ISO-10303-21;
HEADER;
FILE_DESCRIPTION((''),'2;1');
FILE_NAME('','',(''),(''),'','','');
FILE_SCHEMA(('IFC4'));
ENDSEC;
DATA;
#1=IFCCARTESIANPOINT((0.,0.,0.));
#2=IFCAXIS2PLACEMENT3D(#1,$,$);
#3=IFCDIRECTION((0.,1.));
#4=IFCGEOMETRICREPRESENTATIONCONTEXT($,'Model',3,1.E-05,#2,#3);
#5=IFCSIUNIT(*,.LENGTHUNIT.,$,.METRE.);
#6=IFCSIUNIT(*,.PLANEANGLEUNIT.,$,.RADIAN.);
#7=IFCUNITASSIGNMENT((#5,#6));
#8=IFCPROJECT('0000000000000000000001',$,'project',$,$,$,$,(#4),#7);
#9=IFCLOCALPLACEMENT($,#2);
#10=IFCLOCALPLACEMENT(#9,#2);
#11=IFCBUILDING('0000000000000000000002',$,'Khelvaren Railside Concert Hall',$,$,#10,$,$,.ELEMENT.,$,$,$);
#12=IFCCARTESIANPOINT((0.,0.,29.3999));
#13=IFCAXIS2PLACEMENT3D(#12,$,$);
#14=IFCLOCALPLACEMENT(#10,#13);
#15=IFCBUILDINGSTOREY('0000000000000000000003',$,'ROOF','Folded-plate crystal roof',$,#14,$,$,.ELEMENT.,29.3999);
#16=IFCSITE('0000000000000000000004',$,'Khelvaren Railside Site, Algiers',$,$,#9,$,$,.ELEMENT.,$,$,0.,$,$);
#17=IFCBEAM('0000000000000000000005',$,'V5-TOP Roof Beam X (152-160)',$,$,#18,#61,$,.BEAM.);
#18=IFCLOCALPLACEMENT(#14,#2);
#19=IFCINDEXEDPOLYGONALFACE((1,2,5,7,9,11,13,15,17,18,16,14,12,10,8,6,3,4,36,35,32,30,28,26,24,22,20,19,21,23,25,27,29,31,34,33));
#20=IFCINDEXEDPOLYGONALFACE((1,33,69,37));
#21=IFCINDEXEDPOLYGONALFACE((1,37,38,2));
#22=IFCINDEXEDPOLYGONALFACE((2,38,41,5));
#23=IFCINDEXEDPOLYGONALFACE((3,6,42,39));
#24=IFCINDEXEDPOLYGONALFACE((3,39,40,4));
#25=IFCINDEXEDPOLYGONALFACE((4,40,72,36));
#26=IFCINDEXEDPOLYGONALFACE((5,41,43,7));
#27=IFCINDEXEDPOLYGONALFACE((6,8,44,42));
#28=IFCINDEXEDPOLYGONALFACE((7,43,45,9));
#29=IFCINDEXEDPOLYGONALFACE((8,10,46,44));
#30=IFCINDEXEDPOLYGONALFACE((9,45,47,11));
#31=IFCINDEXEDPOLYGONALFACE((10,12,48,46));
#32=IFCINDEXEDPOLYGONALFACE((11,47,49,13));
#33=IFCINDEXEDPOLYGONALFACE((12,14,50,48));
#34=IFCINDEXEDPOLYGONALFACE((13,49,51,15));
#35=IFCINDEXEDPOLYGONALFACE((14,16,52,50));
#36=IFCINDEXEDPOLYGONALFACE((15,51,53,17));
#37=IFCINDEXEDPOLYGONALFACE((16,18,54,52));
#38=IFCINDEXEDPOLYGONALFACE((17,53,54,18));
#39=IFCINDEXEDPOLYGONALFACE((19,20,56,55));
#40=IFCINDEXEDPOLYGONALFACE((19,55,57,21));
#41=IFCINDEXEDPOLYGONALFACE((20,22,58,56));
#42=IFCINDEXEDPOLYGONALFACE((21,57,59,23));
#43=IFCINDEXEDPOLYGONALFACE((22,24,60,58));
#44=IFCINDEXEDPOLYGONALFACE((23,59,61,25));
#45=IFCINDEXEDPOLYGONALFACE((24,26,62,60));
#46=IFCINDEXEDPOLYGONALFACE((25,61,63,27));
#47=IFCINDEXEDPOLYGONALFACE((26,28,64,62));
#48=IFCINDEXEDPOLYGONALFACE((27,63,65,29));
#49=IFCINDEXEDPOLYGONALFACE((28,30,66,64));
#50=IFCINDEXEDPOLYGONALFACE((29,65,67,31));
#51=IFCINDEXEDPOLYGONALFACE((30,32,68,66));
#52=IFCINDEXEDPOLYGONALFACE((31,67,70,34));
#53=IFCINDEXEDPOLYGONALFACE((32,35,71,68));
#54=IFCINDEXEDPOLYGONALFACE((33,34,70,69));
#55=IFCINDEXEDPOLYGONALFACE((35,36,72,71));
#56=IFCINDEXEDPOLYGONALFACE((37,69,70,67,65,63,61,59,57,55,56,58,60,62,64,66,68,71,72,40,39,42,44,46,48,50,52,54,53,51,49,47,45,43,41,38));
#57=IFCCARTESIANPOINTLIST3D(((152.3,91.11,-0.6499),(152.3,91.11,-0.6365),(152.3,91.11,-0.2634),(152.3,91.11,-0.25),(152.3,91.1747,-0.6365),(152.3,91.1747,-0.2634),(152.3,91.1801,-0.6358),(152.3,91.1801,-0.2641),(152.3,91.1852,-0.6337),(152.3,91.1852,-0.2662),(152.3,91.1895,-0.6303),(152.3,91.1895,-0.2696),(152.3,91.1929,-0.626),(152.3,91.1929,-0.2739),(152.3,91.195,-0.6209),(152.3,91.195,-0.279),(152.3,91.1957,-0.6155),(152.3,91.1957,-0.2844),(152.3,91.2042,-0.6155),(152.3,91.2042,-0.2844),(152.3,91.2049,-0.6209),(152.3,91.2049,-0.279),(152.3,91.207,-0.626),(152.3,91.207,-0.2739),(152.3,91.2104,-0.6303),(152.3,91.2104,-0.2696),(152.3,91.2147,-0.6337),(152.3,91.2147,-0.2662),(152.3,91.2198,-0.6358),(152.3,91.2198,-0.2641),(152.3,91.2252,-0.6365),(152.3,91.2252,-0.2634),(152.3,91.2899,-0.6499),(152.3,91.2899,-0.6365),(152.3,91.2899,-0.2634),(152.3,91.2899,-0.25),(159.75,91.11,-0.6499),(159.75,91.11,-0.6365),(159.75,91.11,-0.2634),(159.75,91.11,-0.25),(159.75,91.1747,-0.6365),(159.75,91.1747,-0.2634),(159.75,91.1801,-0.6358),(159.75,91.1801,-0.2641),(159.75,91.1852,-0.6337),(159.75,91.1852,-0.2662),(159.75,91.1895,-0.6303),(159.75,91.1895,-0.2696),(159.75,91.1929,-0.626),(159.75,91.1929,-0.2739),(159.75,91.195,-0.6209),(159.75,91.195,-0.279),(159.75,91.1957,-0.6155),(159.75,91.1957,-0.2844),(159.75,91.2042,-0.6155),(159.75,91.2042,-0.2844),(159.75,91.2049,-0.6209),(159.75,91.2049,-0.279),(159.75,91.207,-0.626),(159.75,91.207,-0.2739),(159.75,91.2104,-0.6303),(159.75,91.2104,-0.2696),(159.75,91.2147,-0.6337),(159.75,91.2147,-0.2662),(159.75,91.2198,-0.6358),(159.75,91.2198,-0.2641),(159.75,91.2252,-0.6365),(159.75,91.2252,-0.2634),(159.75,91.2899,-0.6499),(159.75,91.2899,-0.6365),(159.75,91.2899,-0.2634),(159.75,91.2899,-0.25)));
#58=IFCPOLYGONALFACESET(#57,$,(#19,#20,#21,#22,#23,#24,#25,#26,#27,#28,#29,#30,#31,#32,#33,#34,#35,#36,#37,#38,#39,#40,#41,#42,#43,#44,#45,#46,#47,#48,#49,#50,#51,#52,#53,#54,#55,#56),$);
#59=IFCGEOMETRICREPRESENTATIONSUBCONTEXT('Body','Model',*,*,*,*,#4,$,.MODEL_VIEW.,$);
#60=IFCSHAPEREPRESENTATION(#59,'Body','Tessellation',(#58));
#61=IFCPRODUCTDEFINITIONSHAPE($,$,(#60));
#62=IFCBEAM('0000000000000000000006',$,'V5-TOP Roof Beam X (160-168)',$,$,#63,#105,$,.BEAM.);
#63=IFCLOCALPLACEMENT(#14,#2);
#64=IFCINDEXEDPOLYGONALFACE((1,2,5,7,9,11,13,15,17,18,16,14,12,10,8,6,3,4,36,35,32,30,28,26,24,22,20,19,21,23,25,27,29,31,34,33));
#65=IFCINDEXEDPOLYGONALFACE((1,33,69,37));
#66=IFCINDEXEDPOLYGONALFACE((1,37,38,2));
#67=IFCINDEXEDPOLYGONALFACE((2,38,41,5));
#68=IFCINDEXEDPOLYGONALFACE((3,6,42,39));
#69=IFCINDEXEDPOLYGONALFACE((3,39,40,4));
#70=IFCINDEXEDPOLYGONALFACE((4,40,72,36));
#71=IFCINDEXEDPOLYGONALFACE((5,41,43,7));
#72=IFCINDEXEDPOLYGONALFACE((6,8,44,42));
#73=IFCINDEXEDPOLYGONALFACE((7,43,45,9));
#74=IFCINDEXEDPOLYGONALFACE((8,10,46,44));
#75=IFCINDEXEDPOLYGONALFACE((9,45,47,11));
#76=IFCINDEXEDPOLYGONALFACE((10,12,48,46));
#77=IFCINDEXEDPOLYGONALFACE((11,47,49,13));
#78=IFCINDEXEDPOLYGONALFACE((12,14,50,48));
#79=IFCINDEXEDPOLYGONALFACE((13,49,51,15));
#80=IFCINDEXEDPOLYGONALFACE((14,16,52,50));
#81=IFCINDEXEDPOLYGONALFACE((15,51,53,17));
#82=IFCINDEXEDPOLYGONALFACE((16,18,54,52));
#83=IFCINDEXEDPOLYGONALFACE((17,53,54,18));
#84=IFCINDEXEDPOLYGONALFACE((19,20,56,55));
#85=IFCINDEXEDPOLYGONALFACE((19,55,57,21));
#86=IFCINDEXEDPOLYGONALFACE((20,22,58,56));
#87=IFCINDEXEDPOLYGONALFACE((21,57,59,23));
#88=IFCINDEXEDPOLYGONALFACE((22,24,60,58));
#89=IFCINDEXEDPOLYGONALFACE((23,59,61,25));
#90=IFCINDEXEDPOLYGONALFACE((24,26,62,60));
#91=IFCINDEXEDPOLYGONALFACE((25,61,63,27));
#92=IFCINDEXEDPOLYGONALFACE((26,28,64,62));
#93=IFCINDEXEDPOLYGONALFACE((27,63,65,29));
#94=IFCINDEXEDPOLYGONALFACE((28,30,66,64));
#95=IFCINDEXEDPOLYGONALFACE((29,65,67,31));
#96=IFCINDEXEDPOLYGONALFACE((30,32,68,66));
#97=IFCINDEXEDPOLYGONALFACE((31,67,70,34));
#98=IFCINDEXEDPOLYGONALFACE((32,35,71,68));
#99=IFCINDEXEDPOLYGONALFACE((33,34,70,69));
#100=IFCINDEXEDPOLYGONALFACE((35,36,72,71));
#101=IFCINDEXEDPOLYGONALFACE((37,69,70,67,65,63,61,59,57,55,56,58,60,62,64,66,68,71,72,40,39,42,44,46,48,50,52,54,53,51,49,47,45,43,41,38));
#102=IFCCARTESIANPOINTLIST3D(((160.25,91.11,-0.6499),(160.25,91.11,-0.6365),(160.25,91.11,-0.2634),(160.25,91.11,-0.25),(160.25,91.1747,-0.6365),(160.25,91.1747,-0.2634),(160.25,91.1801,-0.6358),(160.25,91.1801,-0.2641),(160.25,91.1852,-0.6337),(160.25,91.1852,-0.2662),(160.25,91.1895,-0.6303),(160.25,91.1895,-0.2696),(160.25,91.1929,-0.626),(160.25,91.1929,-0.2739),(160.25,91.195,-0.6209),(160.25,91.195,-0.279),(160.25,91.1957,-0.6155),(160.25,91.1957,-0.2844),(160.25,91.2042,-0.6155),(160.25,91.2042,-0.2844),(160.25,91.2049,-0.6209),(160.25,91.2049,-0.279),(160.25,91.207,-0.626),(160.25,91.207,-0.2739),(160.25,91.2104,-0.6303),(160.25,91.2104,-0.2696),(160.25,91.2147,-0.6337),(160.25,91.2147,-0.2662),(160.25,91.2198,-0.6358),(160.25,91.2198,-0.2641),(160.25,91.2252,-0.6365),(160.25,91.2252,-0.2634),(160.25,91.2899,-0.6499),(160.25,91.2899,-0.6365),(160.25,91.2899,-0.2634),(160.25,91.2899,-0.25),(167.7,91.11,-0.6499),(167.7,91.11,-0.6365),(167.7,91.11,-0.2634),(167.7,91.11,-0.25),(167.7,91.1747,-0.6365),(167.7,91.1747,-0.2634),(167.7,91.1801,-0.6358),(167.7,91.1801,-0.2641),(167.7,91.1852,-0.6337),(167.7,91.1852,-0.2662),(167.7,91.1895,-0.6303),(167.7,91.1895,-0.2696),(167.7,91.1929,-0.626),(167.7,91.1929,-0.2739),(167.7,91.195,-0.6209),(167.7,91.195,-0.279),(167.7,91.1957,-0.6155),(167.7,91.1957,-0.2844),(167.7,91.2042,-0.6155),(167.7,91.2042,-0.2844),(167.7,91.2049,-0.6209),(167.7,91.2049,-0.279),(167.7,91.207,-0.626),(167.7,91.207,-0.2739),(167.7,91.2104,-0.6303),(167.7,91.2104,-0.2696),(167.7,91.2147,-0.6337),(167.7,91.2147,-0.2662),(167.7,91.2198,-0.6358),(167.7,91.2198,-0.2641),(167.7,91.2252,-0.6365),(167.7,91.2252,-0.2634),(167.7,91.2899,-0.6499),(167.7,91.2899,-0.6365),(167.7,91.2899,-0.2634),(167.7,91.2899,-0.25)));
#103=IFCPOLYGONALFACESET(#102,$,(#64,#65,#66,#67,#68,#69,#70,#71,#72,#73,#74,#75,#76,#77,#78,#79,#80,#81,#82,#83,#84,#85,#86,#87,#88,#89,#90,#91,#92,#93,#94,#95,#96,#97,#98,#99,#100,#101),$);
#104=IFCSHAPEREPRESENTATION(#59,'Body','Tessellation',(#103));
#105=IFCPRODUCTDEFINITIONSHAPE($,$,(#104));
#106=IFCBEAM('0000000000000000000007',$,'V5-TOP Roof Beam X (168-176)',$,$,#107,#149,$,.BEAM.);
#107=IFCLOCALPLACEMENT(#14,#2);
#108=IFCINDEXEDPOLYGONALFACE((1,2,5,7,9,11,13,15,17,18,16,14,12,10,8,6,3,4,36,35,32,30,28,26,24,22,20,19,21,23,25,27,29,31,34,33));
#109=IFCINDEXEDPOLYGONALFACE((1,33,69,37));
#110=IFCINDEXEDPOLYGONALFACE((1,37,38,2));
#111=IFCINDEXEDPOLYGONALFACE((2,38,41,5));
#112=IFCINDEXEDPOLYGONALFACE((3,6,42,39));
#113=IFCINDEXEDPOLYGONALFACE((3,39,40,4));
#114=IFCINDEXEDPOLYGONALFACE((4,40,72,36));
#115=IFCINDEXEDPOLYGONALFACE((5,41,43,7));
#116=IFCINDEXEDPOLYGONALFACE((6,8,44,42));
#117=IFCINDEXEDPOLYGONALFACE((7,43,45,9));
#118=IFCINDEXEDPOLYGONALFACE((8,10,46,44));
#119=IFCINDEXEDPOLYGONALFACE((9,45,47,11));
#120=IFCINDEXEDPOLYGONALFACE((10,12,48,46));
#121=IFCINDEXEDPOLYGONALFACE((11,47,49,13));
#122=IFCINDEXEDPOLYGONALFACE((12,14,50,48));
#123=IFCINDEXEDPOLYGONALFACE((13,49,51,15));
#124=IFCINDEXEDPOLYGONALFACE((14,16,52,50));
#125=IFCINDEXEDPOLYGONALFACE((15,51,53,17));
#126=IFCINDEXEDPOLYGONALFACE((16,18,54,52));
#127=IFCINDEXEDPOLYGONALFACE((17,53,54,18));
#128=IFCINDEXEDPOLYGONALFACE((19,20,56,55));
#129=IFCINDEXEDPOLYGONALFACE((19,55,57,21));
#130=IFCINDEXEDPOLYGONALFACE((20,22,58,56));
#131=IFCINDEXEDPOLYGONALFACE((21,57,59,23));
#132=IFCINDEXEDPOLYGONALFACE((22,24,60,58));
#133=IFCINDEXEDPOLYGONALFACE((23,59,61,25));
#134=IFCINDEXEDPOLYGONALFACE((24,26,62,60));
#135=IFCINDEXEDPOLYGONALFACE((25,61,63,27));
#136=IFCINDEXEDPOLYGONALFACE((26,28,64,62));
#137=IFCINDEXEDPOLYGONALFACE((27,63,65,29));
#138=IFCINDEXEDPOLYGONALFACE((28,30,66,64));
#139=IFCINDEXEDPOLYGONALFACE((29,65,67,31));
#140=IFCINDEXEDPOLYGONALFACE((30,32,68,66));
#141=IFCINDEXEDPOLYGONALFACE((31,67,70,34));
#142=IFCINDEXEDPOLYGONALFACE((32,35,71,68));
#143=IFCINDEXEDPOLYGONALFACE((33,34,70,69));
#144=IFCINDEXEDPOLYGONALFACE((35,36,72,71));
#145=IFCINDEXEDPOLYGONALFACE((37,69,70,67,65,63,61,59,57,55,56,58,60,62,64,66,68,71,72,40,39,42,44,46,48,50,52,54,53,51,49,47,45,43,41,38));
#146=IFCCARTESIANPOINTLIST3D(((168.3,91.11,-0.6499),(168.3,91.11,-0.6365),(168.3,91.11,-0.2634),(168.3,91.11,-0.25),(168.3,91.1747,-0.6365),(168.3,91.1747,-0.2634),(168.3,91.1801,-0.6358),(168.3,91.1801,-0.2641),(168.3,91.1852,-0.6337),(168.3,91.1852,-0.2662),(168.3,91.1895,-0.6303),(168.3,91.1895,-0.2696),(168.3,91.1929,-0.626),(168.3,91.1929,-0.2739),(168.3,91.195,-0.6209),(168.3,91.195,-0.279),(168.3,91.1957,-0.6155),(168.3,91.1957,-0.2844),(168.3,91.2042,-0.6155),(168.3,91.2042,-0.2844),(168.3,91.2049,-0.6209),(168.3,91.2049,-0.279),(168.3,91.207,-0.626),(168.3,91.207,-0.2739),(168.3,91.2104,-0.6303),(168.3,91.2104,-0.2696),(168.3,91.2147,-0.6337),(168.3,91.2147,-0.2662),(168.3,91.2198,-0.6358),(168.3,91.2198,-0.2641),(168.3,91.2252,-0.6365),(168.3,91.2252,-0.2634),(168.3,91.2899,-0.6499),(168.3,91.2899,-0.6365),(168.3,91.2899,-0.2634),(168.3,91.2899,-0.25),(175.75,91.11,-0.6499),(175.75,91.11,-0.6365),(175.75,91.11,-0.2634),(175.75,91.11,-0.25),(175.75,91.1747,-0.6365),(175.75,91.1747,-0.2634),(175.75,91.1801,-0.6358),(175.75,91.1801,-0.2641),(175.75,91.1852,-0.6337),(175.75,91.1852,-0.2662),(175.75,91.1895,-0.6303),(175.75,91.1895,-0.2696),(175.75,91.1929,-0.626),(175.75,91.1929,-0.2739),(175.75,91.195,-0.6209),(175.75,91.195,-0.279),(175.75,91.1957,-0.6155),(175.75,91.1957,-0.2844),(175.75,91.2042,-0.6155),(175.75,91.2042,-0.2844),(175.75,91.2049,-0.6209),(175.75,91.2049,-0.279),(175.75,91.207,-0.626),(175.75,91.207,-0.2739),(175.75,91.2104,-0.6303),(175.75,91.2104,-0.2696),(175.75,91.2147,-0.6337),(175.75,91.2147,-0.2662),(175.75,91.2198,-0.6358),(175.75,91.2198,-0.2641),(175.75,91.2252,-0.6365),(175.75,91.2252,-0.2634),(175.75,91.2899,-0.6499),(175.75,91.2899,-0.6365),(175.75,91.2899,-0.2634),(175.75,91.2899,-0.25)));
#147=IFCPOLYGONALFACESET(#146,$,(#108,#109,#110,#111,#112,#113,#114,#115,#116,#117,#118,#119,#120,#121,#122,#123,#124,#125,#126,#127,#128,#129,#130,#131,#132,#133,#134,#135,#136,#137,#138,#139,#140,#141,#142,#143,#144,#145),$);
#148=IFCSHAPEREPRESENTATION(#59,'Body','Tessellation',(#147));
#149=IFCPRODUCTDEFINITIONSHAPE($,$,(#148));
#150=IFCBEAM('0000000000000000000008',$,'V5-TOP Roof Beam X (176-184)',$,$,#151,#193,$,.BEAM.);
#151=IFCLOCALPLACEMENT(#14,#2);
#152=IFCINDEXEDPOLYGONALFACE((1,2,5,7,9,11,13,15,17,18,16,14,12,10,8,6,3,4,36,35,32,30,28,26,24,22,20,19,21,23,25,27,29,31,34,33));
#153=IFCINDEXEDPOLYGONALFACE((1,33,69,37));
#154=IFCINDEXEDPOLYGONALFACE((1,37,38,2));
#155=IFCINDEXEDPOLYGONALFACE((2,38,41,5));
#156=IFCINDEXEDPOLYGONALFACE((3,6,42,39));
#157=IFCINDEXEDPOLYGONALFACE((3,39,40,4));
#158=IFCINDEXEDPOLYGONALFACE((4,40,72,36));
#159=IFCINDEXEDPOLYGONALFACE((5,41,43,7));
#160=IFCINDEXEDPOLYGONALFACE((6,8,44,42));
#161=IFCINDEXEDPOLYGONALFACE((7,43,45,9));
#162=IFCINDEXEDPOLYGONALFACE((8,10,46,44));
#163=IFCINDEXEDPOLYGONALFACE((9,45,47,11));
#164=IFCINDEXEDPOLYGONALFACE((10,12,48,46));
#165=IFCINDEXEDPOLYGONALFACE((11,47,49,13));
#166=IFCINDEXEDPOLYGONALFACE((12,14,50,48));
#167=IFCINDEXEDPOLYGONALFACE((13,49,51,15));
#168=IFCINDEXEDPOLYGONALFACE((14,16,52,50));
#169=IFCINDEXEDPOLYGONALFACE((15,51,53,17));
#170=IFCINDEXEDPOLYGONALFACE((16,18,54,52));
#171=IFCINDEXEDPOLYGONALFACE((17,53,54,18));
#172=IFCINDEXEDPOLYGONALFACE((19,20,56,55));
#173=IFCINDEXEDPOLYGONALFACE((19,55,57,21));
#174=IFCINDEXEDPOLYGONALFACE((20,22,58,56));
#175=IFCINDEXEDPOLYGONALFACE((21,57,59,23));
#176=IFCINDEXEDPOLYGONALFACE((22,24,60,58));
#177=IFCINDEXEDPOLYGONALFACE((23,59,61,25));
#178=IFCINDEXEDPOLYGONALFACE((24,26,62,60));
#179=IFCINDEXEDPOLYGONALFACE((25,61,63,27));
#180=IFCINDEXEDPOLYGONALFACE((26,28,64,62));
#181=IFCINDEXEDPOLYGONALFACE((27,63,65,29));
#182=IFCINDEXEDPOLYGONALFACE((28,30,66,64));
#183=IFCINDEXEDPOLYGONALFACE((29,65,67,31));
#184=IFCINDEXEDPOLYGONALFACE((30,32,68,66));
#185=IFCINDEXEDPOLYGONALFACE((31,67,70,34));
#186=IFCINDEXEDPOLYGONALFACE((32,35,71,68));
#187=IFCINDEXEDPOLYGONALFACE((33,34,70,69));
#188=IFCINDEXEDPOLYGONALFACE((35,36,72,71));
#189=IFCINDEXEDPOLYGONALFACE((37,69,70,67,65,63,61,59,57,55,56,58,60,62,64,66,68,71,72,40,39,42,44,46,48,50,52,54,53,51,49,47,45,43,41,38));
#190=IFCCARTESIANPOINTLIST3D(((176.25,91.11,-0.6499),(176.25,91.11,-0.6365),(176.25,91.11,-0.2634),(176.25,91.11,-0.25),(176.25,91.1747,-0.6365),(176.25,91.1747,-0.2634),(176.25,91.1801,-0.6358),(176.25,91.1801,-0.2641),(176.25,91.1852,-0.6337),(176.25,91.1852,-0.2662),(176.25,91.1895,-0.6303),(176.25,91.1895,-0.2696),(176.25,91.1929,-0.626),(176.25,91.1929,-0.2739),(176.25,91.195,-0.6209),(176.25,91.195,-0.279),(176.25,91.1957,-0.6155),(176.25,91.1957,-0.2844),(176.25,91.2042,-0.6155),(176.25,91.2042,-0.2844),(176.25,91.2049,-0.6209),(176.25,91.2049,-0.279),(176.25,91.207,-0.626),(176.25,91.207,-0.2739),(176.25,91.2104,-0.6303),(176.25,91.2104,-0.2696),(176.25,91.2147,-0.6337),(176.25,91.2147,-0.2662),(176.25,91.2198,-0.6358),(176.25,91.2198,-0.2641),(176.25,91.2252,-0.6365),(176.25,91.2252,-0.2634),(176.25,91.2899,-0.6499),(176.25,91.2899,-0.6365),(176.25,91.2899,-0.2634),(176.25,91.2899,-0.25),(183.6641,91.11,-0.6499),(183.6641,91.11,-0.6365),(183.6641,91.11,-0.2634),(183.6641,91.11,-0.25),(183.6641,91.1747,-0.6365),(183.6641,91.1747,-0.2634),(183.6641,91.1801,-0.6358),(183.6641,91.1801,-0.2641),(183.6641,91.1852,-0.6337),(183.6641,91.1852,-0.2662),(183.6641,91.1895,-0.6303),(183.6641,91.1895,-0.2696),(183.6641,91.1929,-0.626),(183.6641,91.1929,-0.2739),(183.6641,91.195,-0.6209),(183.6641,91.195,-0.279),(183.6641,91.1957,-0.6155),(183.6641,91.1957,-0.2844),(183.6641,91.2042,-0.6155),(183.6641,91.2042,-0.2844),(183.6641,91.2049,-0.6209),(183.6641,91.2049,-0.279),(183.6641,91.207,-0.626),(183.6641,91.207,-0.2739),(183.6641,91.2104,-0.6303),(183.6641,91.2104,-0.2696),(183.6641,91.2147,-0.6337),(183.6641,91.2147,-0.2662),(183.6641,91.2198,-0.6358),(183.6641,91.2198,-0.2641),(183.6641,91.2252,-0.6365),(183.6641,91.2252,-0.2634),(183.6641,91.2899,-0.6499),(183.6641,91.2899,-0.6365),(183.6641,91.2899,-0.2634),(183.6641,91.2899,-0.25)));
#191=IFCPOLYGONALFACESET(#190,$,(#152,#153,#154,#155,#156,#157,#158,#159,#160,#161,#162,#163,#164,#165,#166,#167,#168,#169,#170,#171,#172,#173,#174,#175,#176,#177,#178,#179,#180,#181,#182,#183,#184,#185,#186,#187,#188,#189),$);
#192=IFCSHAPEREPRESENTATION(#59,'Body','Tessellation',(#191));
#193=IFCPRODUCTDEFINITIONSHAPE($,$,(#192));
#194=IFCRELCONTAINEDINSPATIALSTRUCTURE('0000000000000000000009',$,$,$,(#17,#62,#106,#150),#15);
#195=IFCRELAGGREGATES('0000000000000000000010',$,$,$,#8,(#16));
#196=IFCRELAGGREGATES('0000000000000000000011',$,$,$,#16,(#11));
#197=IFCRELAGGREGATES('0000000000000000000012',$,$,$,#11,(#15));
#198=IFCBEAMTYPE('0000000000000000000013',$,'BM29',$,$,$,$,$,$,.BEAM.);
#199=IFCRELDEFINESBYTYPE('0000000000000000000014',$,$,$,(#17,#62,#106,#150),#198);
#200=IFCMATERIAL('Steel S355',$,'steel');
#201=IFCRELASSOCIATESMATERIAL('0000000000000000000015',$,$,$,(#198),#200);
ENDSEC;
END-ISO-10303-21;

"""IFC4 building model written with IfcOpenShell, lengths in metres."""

from ifc_helpers import new_model, si_unit, direction, frame, origin, origin_2d, place, context, subcontext, project, spatial, i_section, extrude, material, material_profile, profile_set, type_object, element, save


model = new_model("IFC4")

# Units and contexts
model_context = context("Model", 3, precision=1e-05, world=origin(), true_north=direction((0.0, 1.0)))
body_context = subcontext(model_context, "Body", "Model", "MODEL_VIEW")
ifc_project = project(units=[si_unit("LENGTHUNIT", "METRE"), si_unit("PLANEANGLEUNIT", "RADIAN")], contexts=[model_context])

# Site, building, storey
site_placement = place(None, origin())
site = spatial("IfcSite", under=ifc_project, at=site_placement, Name="Khelvaren Railside Site, Algiers", CompositionType="ELEMENT", RefElevation=0.0)
building_placement = place(site_placement, origin())
building = spatial("IfcBuilding", under=site, at=building_placement, Name="Khelvaren Railside Concert Hall", CompositionType="ELEMENT")
storey_placement = place(building_placement, frame((0.0, 0.0, 29.3999)))
storey = spatial("IfcBuildingStorey", under=building, at=storey_placement, Name="ROOF", Description="Folded-plate crystal roof", CompositionType="ELEMENT", Elevation=29.3999)

# Beams
ifc_material_1 = material(Name="Steel S355", Category="steel")
ifc_material_profile = material_profile(ifc_material_1, i_section(OverallWidth=0.1799, OverallDepth=0.3999, WebThickness=0.0085, FlangeThickness=0.0134, FilletRadius=0.021, at=origin_2d()), Name="IPE 400")
ifc_profile_set = profile_set([ifc_material_profile], Name="Steel S355")
beam_type = type_object("IfcBeamType", Name="BM29", PredefinedType="BEAM", material=ifc_profile_set)
for number, where, z_axis, x_axis, name in (
    (1, (152.3, 91.2, -0.45), (1.0, 0.0, 0.0), (0.0, 1.0, 0.0), "V5-TOP Roof Beam X (152-160)"),
    (2, (160.25, 91.2, -0.45), (1.0, 0.0, 0.0), (0.0, 1.0, 0.0), "V5-TOP Roof Beam X (160-168)"),
    (3, (168.3, 91.2, -0.45), (1.0, 0.0, 0.0), (0.0, 1.0, 0.0), "V5-TOP Roof Beam X (168-176)"),
):
    element("IfcBeam", number, at=place(storey_placement, frame(where, z_axis=z_axis, x_axis=x_axis)), inside=storey, type_object=beam_type, Name=name, PredefinedType="BEAM", context=body_context, shape_type="SweptSolid", body=[
        extrude(i_section(OverallWidth=0.1799, OverallDepth=0.3999, WebThickness=0.0085, FlangeThickness=0.0134, FilletRadius=0.021, at=origin_2d()), origin(), (0.0, 0.0, 1.0), 7.45),
    ])
beam_1_placement = place(storey_placement, frame((176.25, 91.2, -0.45), z_axis=(1.0, 0.0, 0.0), x_axis=(0.0, 1.0, 0.0)))
element("IfcBeam", 4, at=beam_1_placement, inside=storey, type_object=beam_type, Name="V5-TOP Roof Beam X (176-184)", PredefinedType="BEAM", context=body_context, shape_type="SweptSolid", body=[
    extrude(i_section(OverallWidth=0.1799, OverallDepth=0.3999, WebThickness=0.0085, FlangeThickness=0.0134, FilletRadius=0.021, at=origin_2d()), origin(), (0.0, 0.0, 1.0), 7.4141),
])

save(model, "model.ifc")
